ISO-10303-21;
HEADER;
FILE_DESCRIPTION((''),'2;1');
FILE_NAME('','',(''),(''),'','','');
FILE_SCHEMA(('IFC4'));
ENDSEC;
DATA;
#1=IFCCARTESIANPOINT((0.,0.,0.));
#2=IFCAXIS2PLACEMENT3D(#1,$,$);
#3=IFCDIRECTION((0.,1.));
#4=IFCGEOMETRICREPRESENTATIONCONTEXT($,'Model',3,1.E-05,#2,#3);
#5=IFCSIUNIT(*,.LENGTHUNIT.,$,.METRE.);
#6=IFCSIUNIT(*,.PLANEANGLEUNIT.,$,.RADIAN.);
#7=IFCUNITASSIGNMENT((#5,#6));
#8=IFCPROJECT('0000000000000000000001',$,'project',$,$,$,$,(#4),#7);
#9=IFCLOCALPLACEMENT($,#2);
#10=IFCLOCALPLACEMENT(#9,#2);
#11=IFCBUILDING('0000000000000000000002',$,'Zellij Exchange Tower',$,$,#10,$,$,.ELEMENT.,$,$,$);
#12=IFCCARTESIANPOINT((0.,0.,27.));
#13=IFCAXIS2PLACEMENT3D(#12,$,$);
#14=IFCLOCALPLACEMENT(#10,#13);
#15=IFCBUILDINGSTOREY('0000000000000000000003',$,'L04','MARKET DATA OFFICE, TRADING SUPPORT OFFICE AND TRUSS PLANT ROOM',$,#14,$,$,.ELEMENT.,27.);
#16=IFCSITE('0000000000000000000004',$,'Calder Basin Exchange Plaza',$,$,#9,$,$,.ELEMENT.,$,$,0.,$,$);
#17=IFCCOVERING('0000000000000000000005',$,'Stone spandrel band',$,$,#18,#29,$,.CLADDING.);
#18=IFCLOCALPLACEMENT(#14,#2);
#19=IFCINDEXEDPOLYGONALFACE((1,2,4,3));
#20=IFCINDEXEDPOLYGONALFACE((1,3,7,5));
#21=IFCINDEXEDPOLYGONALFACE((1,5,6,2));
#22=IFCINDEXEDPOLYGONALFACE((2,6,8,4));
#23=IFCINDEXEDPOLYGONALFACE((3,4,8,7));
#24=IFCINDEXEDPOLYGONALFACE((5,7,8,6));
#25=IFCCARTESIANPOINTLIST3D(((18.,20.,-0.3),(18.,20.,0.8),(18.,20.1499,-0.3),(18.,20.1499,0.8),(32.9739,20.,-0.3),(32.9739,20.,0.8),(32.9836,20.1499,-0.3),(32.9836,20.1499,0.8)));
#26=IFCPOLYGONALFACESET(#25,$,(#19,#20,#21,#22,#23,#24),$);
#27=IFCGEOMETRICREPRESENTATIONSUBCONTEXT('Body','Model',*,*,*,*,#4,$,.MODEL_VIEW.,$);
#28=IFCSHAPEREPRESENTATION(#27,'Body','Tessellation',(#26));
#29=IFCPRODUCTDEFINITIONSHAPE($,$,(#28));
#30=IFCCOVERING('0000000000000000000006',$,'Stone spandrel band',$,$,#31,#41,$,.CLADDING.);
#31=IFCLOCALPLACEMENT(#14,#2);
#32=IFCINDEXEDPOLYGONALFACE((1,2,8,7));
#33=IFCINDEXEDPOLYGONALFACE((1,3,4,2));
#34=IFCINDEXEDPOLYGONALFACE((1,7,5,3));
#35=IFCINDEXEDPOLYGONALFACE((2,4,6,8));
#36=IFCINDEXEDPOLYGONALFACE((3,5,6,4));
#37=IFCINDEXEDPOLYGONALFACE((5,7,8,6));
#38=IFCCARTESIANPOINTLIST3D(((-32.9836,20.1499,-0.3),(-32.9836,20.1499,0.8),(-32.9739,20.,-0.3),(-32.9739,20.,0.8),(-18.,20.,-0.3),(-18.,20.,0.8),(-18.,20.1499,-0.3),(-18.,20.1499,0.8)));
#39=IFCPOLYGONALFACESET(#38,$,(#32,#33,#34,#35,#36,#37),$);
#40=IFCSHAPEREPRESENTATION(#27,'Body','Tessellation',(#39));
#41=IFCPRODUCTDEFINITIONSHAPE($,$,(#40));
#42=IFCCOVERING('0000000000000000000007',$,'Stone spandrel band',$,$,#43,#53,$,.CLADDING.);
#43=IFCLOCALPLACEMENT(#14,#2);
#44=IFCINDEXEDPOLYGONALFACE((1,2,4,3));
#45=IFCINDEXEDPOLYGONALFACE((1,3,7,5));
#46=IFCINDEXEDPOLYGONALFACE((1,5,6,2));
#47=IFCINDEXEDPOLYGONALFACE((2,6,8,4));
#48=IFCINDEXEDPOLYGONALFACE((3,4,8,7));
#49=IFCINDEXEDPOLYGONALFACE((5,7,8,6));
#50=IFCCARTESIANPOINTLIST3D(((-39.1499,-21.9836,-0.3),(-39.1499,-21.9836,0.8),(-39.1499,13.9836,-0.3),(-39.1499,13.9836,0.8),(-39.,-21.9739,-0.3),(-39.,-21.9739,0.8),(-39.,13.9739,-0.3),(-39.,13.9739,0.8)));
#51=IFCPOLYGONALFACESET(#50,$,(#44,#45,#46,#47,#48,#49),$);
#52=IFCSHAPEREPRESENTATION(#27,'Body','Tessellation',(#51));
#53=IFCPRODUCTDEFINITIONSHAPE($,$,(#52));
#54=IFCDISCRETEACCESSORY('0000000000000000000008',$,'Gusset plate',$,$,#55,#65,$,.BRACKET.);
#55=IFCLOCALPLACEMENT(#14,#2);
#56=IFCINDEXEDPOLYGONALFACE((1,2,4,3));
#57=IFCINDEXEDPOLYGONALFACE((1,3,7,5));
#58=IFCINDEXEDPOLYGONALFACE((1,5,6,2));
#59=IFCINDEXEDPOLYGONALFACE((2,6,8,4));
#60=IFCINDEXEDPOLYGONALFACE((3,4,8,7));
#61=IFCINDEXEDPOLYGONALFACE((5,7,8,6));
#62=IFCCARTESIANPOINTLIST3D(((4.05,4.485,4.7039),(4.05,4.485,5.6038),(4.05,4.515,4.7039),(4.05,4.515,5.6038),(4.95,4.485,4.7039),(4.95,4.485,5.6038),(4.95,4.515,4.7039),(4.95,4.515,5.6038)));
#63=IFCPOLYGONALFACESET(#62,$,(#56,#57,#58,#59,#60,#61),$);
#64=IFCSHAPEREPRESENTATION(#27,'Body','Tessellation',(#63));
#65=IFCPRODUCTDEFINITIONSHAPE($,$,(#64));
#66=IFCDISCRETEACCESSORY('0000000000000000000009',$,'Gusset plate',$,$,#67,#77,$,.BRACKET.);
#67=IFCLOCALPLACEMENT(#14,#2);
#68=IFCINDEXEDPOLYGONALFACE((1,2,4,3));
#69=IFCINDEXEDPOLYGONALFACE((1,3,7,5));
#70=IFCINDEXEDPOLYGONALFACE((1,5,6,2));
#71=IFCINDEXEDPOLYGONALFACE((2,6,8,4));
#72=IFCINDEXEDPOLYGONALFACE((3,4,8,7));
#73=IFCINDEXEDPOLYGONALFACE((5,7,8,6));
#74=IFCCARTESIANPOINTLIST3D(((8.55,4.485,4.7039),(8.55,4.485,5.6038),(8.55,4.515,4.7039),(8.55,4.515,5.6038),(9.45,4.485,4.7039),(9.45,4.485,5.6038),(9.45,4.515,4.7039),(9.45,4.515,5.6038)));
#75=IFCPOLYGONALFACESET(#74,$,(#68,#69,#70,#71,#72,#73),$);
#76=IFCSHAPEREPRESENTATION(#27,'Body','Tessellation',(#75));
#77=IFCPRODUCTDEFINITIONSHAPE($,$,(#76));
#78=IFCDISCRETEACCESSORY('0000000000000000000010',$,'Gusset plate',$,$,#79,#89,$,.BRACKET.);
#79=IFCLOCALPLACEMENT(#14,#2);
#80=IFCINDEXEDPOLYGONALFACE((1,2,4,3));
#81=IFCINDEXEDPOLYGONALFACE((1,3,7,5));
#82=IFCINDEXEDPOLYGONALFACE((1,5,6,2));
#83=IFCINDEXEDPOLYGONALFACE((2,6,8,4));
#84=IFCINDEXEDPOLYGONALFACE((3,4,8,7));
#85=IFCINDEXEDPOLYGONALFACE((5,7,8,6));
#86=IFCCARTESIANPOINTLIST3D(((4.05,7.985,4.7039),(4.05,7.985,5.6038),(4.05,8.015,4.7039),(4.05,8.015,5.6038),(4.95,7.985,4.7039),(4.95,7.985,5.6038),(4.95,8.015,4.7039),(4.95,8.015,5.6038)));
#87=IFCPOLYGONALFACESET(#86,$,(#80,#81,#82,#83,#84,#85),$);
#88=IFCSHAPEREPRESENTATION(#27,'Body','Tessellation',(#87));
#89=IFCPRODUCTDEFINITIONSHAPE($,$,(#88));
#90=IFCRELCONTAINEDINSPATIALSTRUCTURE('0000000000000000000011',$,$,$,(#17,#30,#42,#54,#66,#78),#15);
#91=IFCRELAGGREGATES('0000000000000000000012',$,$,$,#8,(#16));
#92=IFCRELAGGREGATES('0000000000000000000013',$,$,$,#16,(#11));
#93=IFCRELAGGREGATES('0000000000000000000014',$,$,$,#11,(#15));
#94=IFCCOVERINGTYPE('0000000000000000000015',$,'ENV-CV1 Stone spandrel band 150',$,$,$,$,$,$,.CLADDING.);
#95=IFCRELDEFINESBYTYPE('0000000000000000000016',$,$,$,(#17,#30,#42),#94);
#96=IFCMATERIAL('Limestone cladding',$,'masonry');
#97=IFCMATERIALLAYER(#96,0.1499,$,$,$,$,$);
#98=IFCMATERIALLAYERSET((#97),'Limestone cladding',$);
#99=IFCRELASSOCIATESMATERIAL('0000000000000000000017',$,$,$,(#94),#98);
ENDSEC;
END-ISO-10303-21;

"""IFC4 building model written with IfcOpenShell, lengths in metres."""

from ifc_helpers import new_model, si_unit, direction, frame, origin, origin_2d, place, context, subcontext, project, spatial, polyline, rectangle, outline, extrude, material, layer, layer_set, type_object, element, save


model = new_model("IFC4")

# Units and contexts
model_context = context("Model", 3, precision=1e-05, world=origin(), true_north=direction((0.0, 1.0)))
body_context = subcontext(model_context, "Body", "Model", "MODEL_VIEW")
ifc_project = project(units=[si_unit("LENGTHUNIT", "METRE"), si_unit("PLANEANGLEUNIT", "RADIAN")], contexts=[model_context])

# Site, building, storey
site_placement = place(None, origin())
site = spatial("IfcSite", under=ifc_project, at=site_placement, Name="Calder Basin Exchange Plaza", CompositionType="ELEMENT", RefElevation=0.0)
building_placement = place(site_placement, origin())
building = spatial("IfcBuilding", under=site, at=building_placement, Name="Zellij Exchange Tower", CompositionType="ELEMENT")
storey_placement = place(building_placement, frame((0.0, 0.0, 27.0)))
storey = spatial("IfcBuildingStorey", under=building, at=storey_placement, Name="L04", Description="MARKET DATA OFFICE, TRADING SUPPORT OFFICE AND TRUSS PLANT ROOM", CompositionType="ELEMENT", Elevation=27.0)

# Coverings
ifc_material_1 = material(Name="Limestone cladding", Category="masonry")
ifc_layer_1 = layer(ifc_material_1, 0.1499)
ifc_layer_set_1 = layer_set([ifc_layer_1], Name="Limestone cladding")
covering_type = type_object("IfcCoveringType", Name="ENV-CV1 Stone spandrel band 150", PredefinedType="CLADDING", material=ifc_layer_set_1)
covering_1_placement = place(storey_placement, frame((0.0, 0.0, -0.3)))
element("IfcCovering", 1, at=covering_1_placement, inside=storey, type_object=covering_type, Name="Stone spandrel band", PredefinedType="CLADDING", context=body_context, shape_type="SweptSolid", body=[
    extrude(outline(polyline([(32.9739, 20.0), (18.0, 20.0), (18.0, 20.1499), (32.9836, 20.1499), (32.9739, 20.0)])), origin(), (0.0, 0.0, 1.0), 1.1001),
])
covering_2_placement = place(storey_placement, frame((0.0, 0.0, -0.3)))
element("IfcCovering", 2, at=covering_2_placement, inside=storey, type_object=covering_type, Name="Stone spandrel band", PredefinedType="CLADDING", context=body_context, shape_type="SweptSolid", body=[
    extrude(outline(polyline([(-18.0, 20.0), (-32.9739, 20.0), (-32.9836, 20.1499), (-18.0, 20.1499), (-18.0, 20.0)])), origin(), (0.0, 0.0, 1.0), 1.1001),
])
covering_3_placement = place(storey_placement, frame((0.0, 0.0, -0.3)))
element("IfcCovering", 3, at=covering_3_placement, inside=storey, type_object=covering_type, Name="Stone spandrel band", PredefinedType="CLADDING", context=body_context, shape_type="SweptSolid", body=[
    extrude(outline(polyline([(-39.0, 13.9739), (-39.0, -21.9739), (-39.1499, -21.9836), (-39.1499, 13.9836), (-39.0, 13.9739)])), origin(), (0.0, 0.0, 1.0), 1.1001),
])

# Discrete accessories
for number, where, z_axis, x_axis, name in (
    (4, (4.5, 4.5, 4.7039), (0.0, 0.0, 1.0), (1.0, 0.0, 0.0), "Gusset plate"),
    (5, (9.0, 4.5, 4.7039), (0.0, 0.0, 1.0), (1.0, 0.0, 0.0), "Gusset plate"),
    (6, (4.5, 8.0, 4.7039), (0.0, 0.0, 1.0), (1.0, 0.0, 0.0), "Gusset plate"),
):
    element("IfcDiscreteAccessory", number, at=place(storey_placement, frame(where, z_axis=z_axis, x_axis=x_axis)), inside=storey, Name=name, PredefinedType="BRACKET", context=body_context, shape_type="SweptSolid", body=[
        extrude(rectangle(XDim=0.8999, YDim=0.03, at=origin_2d()), origin(), (0.0, 0.0, 1.0), 0.8999),
    ])

save(model, "model.ifc")
